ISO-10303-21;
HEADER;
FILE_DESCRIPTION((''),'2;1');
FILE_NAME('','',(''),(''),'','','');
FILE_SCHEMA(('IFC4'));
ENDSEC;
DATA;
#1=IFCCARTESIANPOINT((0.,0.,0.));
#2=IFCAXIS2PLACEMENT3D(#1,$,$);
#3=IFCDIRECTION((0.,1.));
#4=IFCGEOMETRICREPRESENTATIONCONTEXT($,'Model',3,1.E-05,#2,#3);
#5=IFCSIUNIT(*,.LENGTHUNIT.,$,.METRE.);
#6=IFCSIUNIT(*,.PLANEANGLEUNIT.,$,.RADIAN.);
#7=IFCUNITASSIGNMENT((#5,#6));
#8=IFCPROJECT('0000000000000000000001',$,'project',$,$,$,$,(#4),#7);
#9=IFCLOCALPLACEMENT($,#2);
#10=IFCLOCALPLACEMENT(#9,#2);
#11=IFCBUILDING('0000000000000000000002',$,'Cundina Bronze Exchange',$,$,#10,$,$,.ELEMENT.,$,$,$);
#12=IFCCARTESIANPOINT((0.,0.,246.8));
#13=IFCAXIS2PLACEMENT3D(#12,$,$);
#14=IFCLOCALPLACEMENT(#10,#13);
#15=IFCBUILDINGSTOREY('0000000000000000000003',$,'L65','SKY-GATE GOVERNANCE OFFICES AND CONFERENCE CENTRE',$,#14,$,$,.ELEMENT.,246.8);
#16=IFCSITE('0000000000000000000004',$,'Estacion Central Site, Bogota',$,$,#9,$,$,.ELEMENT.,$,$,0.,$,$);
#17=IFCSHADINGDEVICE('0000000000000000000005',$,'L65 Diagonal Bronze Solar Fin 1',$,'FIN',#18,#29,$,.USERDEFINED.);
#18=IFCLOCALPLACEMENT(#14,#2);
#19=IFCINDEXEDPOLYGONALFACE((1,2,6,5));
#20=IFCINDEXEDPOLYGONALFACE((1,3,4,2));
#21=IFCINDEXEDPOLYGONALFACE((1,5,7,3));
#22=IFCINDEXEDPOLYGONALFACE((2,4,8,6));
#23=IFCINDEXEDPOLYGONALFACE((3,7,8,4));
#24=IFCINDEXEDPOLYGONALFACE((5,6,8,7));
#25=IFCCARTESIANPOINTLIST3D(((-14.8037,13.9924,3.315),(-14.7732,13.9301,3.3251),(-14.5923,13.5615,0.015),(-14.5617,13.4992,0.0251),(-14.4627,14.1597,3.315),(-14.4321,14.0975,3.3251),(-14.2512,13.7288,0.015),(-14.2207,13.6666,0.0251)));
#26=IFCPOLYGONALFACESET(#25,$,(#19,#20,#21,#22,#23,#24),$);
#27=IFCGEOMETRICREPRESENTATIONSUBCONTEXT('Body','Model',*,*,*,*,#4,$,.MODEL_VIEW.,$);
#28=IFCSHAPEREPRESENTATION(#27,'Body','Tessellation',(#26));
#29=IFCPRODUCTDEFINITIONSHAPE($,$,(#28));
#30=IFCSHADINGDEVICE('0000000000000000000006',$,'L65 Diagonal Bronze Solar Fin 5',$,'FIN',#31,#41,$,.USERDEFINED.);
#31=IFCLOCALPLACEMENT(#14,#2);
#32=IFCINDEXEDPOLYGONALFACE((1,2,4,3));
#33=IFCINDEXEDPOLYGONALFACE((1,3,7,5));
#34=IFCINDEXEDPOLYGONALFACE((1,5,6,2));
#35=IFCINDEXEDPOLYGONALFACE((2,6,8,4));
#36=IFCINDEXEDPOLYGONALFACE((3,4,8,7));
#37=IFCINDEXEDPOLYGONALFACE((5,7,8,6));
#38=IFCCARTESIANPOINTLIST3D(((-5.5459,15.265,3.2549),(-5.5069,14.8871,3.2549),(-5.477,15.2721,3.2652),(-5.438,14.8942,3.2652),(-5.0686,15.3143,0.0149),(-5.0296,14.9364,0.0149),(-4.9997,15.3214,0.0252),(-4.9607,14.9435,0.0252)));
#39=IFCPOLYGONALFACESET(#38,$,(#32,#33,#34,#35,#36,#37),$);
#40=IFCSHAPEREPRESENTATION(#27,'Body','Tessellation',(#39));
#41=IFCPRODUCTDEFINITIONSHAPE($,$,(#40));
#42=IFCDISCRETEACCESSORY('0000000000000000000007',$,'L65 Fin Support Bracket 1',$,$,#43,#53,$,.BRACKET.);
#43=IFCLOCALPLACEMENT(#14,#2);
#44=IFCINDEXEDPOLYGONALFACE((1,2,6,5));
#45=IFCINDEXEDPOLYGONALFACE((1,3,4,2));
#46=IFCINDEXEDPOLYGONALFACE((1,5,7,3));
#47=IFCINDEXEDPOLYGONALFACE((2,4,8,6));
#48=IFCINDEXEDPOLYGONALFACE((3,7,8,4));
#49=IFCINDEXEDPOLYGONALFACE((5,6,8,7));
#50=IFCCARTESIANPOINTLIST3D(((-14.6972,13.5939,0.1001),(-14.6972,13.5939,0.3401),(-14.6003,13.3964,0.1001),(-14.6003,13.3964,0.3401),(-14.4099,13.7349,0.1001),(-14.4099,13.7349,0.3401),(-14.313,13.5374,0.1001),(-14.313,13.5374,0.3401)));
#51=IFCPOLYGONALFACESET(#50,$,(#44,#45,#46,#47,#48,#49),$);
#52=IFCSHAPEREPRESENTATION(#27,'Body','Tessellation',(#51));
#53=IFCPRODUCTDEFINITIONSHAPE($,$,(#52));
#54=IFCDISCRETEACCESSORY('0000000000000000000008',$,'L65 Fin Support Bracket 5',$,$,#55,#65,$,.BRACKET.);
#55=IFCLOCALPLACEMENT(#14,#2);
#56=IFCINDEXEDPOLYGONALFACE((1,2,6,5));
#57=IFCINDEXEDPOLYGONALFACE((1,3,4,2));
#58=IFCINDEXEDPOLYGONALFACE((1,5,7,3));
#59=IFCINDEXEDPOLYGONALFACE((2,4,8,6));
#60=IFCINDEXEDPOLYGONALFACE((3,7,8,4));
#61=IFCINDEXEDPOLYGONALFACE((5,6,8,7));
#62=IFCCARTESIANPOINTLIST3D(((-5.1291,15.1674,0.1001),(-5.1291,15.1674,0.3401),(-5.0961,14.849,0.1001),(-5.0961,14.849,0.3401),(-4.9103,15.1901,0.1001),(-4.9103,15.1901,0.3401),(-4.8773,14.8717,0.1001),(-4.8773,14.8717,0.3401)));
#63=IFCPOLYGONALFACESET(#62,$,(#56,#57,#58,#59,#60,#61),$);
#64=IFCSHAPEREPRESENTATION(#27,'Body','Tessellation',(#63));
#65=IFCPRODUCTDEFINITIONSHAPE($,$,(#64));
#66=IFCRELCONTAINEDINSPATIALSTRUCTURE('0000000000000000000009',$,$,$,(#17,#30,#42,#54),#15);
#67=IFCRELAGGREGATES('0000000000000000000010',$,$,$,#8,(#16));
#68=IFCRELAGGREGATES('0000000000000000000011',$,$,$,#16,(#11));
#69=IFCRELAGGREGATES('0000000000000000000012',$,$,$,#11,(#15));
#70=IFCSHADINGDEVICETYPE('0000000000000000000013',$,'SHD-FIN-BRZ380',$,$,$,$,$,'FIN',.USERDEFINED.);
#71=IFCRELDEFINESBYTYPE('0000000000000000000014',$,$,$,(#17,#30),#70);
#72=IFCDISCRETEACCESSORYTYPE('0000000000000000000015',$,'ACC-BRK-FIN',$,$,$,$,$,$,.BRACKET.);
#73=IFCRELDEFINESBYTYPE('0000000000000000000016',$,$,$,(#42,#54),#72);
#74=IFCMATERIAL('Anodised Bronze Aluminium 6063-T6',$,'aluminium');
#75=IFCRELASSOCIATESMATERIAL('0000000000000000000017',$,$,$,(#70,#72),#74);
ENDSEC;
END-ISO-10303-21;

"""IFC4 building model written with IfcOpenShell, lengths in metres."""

from ifc_helpers import new_model, si_unit, direction, frame, origin, origin_2d, place, context, subcontext, project, spatial, rectangle, extrude, material, material_profile, profile_set, type_object, element, save


model = new_model("IFC4")

# Units and contexts
model_context = context("Model", 3, precision=1e-05, world=origin(), true_north=direction((0.0, 1.0)))
body_context = subcontext(model_context, "Body", "Model", "MODEL_VIEW")
ifc_project = project(units=[si_unit("LENGTHUNIT", "METRE"), si_unit("PLANEANGLEUNIT", "RADIAN")], contexts=[model_context])

# Site, building, storey
site_placement = place(None, origin())
site = spatial("IfcSite", under=ifc_project, at=site_placement, Name="Estacion Central Site, Bogota", CompositionType="ELEMENT", RefElevation=0.0)
building_placement = place(site_placement, origin())
building = spatial("IfcBuilding", under=site, at=building_placement, Name="Cundina Bronze Exchange", CompositionType="ELEMENT")
storey_placement = place(building_placement, frame((0.0, 0.0, 246.8)))
storey = spatial("IfcBuildingStorey", under=building, at=storey_placement, Name="L65", Description="SKY-GATE GOVERNANCE OFFICES AND CONFERENCE CENTRE", CompositionType="ELEMENT", Elevation=246.8)

# Shared definitions
ifc_material_1 = material(Name="Anodised Bronze Aluminium 6063-T6", Category="aluminium")

# Shading devices
ifc_material_profile_1 = material_profile(ifc_material_1, rectangle(XDim=0.0701, YDim=0.3799, at=origin_2d()), Name="FIN70X380", Category="aluminium")
ifc_profile_set_1 = profile_set([ifc_material_profile_1], Name="Anodised Bronze Aluminium 6063-T6")
shading_device_type = type_object("IfcShadingDeviceType", Name="SHD-FIN-BRZ380", ElementType="FIN", PredefinedType="USERDEFINED", material=ifc_profile_set_1)
shading_device_1_placement = place(storey_placement, frame((-14.4065, 13.614, 0.02), z_axis=(-0.0634, 0.129217, 0.989588), x_axis=(0.4359, -0.888411, 0.143932)))
element("IfcShadingDevice", 1, at=shading_device_1_placement, inside=storey, type_object=shading_device_type, Name="L65 Diagonal Bronze Solar Fin 1", ObjectType="FIN", PredefinedType="USERDEFINED", context=body_context, shape_type="SweptSolid", body=[
    extrude(rectangle(XDim=0.0701, YDim=0.3799, at=origin_2d()), origin(), (0.0, 0.0, 1.0), 3.3347),
])
shading_device_2_placement = place(storey_placement, frame((-5.0146, 15.1289, 0.02), z_axis=(-0.145724, -0.015057, 0.989211), x_axis=(0.983972, 0.101669, 0.1465)))
element("IfcShadingDevice", 2, at=shading_device_2_placement, inside=storey, type_object=shading_device_type, Name="L65 Diagonal Bronze Solar Fin 5", ObjectType="FIN", PredefinedType="USERDEFINED", context=body_context, shape_type="SweptSolid", body=[
    extrude(rectangle(XDim=0.0701, YDim=0.3799, at=origin_2d()), origin(), (0.0, 0.0, 1.0), 3.2754),
])

# Discrete accessories
discrete_accessory_type = type_object("IfcDiscreteAccessoryType", Name="ACC-BRK-FIN", PredefinedType="BRACKET", material=ifc_material_1)
for number, where, z_axis, x_axis, name in (
    (3, (-14.5051, 13.5657, 0.1001), (0.0, 0.0, 1.0), (-0.440503, 0.897751, 0.0), "L65 Fin Support Bracket 1"),
    (4, (-5.0032, 15.0195, 0.1001), (0.0, 0.0, 1.0), (-0.994672, -0.103088, 0.0), "L65 Fin Support Bracket 5"),
):
    element("IfcDiscreteAccessory", number, at=place(storey_placement, frame(where, z_axis=z_axis, x_axis=x_axis)), inside=storey, type_object=discrete_accessory_type, Name=name, PredefinedType="BRACKET", context=body_context, shape_type="SweptSolid", body=[
        extrude(rectangle(XDim=0.22, YDim=0.3201, at=origin_2d()), origin(), (0.0, 0.0, 1.0), 0.24),
    ])

save(model, "model.ifc")
